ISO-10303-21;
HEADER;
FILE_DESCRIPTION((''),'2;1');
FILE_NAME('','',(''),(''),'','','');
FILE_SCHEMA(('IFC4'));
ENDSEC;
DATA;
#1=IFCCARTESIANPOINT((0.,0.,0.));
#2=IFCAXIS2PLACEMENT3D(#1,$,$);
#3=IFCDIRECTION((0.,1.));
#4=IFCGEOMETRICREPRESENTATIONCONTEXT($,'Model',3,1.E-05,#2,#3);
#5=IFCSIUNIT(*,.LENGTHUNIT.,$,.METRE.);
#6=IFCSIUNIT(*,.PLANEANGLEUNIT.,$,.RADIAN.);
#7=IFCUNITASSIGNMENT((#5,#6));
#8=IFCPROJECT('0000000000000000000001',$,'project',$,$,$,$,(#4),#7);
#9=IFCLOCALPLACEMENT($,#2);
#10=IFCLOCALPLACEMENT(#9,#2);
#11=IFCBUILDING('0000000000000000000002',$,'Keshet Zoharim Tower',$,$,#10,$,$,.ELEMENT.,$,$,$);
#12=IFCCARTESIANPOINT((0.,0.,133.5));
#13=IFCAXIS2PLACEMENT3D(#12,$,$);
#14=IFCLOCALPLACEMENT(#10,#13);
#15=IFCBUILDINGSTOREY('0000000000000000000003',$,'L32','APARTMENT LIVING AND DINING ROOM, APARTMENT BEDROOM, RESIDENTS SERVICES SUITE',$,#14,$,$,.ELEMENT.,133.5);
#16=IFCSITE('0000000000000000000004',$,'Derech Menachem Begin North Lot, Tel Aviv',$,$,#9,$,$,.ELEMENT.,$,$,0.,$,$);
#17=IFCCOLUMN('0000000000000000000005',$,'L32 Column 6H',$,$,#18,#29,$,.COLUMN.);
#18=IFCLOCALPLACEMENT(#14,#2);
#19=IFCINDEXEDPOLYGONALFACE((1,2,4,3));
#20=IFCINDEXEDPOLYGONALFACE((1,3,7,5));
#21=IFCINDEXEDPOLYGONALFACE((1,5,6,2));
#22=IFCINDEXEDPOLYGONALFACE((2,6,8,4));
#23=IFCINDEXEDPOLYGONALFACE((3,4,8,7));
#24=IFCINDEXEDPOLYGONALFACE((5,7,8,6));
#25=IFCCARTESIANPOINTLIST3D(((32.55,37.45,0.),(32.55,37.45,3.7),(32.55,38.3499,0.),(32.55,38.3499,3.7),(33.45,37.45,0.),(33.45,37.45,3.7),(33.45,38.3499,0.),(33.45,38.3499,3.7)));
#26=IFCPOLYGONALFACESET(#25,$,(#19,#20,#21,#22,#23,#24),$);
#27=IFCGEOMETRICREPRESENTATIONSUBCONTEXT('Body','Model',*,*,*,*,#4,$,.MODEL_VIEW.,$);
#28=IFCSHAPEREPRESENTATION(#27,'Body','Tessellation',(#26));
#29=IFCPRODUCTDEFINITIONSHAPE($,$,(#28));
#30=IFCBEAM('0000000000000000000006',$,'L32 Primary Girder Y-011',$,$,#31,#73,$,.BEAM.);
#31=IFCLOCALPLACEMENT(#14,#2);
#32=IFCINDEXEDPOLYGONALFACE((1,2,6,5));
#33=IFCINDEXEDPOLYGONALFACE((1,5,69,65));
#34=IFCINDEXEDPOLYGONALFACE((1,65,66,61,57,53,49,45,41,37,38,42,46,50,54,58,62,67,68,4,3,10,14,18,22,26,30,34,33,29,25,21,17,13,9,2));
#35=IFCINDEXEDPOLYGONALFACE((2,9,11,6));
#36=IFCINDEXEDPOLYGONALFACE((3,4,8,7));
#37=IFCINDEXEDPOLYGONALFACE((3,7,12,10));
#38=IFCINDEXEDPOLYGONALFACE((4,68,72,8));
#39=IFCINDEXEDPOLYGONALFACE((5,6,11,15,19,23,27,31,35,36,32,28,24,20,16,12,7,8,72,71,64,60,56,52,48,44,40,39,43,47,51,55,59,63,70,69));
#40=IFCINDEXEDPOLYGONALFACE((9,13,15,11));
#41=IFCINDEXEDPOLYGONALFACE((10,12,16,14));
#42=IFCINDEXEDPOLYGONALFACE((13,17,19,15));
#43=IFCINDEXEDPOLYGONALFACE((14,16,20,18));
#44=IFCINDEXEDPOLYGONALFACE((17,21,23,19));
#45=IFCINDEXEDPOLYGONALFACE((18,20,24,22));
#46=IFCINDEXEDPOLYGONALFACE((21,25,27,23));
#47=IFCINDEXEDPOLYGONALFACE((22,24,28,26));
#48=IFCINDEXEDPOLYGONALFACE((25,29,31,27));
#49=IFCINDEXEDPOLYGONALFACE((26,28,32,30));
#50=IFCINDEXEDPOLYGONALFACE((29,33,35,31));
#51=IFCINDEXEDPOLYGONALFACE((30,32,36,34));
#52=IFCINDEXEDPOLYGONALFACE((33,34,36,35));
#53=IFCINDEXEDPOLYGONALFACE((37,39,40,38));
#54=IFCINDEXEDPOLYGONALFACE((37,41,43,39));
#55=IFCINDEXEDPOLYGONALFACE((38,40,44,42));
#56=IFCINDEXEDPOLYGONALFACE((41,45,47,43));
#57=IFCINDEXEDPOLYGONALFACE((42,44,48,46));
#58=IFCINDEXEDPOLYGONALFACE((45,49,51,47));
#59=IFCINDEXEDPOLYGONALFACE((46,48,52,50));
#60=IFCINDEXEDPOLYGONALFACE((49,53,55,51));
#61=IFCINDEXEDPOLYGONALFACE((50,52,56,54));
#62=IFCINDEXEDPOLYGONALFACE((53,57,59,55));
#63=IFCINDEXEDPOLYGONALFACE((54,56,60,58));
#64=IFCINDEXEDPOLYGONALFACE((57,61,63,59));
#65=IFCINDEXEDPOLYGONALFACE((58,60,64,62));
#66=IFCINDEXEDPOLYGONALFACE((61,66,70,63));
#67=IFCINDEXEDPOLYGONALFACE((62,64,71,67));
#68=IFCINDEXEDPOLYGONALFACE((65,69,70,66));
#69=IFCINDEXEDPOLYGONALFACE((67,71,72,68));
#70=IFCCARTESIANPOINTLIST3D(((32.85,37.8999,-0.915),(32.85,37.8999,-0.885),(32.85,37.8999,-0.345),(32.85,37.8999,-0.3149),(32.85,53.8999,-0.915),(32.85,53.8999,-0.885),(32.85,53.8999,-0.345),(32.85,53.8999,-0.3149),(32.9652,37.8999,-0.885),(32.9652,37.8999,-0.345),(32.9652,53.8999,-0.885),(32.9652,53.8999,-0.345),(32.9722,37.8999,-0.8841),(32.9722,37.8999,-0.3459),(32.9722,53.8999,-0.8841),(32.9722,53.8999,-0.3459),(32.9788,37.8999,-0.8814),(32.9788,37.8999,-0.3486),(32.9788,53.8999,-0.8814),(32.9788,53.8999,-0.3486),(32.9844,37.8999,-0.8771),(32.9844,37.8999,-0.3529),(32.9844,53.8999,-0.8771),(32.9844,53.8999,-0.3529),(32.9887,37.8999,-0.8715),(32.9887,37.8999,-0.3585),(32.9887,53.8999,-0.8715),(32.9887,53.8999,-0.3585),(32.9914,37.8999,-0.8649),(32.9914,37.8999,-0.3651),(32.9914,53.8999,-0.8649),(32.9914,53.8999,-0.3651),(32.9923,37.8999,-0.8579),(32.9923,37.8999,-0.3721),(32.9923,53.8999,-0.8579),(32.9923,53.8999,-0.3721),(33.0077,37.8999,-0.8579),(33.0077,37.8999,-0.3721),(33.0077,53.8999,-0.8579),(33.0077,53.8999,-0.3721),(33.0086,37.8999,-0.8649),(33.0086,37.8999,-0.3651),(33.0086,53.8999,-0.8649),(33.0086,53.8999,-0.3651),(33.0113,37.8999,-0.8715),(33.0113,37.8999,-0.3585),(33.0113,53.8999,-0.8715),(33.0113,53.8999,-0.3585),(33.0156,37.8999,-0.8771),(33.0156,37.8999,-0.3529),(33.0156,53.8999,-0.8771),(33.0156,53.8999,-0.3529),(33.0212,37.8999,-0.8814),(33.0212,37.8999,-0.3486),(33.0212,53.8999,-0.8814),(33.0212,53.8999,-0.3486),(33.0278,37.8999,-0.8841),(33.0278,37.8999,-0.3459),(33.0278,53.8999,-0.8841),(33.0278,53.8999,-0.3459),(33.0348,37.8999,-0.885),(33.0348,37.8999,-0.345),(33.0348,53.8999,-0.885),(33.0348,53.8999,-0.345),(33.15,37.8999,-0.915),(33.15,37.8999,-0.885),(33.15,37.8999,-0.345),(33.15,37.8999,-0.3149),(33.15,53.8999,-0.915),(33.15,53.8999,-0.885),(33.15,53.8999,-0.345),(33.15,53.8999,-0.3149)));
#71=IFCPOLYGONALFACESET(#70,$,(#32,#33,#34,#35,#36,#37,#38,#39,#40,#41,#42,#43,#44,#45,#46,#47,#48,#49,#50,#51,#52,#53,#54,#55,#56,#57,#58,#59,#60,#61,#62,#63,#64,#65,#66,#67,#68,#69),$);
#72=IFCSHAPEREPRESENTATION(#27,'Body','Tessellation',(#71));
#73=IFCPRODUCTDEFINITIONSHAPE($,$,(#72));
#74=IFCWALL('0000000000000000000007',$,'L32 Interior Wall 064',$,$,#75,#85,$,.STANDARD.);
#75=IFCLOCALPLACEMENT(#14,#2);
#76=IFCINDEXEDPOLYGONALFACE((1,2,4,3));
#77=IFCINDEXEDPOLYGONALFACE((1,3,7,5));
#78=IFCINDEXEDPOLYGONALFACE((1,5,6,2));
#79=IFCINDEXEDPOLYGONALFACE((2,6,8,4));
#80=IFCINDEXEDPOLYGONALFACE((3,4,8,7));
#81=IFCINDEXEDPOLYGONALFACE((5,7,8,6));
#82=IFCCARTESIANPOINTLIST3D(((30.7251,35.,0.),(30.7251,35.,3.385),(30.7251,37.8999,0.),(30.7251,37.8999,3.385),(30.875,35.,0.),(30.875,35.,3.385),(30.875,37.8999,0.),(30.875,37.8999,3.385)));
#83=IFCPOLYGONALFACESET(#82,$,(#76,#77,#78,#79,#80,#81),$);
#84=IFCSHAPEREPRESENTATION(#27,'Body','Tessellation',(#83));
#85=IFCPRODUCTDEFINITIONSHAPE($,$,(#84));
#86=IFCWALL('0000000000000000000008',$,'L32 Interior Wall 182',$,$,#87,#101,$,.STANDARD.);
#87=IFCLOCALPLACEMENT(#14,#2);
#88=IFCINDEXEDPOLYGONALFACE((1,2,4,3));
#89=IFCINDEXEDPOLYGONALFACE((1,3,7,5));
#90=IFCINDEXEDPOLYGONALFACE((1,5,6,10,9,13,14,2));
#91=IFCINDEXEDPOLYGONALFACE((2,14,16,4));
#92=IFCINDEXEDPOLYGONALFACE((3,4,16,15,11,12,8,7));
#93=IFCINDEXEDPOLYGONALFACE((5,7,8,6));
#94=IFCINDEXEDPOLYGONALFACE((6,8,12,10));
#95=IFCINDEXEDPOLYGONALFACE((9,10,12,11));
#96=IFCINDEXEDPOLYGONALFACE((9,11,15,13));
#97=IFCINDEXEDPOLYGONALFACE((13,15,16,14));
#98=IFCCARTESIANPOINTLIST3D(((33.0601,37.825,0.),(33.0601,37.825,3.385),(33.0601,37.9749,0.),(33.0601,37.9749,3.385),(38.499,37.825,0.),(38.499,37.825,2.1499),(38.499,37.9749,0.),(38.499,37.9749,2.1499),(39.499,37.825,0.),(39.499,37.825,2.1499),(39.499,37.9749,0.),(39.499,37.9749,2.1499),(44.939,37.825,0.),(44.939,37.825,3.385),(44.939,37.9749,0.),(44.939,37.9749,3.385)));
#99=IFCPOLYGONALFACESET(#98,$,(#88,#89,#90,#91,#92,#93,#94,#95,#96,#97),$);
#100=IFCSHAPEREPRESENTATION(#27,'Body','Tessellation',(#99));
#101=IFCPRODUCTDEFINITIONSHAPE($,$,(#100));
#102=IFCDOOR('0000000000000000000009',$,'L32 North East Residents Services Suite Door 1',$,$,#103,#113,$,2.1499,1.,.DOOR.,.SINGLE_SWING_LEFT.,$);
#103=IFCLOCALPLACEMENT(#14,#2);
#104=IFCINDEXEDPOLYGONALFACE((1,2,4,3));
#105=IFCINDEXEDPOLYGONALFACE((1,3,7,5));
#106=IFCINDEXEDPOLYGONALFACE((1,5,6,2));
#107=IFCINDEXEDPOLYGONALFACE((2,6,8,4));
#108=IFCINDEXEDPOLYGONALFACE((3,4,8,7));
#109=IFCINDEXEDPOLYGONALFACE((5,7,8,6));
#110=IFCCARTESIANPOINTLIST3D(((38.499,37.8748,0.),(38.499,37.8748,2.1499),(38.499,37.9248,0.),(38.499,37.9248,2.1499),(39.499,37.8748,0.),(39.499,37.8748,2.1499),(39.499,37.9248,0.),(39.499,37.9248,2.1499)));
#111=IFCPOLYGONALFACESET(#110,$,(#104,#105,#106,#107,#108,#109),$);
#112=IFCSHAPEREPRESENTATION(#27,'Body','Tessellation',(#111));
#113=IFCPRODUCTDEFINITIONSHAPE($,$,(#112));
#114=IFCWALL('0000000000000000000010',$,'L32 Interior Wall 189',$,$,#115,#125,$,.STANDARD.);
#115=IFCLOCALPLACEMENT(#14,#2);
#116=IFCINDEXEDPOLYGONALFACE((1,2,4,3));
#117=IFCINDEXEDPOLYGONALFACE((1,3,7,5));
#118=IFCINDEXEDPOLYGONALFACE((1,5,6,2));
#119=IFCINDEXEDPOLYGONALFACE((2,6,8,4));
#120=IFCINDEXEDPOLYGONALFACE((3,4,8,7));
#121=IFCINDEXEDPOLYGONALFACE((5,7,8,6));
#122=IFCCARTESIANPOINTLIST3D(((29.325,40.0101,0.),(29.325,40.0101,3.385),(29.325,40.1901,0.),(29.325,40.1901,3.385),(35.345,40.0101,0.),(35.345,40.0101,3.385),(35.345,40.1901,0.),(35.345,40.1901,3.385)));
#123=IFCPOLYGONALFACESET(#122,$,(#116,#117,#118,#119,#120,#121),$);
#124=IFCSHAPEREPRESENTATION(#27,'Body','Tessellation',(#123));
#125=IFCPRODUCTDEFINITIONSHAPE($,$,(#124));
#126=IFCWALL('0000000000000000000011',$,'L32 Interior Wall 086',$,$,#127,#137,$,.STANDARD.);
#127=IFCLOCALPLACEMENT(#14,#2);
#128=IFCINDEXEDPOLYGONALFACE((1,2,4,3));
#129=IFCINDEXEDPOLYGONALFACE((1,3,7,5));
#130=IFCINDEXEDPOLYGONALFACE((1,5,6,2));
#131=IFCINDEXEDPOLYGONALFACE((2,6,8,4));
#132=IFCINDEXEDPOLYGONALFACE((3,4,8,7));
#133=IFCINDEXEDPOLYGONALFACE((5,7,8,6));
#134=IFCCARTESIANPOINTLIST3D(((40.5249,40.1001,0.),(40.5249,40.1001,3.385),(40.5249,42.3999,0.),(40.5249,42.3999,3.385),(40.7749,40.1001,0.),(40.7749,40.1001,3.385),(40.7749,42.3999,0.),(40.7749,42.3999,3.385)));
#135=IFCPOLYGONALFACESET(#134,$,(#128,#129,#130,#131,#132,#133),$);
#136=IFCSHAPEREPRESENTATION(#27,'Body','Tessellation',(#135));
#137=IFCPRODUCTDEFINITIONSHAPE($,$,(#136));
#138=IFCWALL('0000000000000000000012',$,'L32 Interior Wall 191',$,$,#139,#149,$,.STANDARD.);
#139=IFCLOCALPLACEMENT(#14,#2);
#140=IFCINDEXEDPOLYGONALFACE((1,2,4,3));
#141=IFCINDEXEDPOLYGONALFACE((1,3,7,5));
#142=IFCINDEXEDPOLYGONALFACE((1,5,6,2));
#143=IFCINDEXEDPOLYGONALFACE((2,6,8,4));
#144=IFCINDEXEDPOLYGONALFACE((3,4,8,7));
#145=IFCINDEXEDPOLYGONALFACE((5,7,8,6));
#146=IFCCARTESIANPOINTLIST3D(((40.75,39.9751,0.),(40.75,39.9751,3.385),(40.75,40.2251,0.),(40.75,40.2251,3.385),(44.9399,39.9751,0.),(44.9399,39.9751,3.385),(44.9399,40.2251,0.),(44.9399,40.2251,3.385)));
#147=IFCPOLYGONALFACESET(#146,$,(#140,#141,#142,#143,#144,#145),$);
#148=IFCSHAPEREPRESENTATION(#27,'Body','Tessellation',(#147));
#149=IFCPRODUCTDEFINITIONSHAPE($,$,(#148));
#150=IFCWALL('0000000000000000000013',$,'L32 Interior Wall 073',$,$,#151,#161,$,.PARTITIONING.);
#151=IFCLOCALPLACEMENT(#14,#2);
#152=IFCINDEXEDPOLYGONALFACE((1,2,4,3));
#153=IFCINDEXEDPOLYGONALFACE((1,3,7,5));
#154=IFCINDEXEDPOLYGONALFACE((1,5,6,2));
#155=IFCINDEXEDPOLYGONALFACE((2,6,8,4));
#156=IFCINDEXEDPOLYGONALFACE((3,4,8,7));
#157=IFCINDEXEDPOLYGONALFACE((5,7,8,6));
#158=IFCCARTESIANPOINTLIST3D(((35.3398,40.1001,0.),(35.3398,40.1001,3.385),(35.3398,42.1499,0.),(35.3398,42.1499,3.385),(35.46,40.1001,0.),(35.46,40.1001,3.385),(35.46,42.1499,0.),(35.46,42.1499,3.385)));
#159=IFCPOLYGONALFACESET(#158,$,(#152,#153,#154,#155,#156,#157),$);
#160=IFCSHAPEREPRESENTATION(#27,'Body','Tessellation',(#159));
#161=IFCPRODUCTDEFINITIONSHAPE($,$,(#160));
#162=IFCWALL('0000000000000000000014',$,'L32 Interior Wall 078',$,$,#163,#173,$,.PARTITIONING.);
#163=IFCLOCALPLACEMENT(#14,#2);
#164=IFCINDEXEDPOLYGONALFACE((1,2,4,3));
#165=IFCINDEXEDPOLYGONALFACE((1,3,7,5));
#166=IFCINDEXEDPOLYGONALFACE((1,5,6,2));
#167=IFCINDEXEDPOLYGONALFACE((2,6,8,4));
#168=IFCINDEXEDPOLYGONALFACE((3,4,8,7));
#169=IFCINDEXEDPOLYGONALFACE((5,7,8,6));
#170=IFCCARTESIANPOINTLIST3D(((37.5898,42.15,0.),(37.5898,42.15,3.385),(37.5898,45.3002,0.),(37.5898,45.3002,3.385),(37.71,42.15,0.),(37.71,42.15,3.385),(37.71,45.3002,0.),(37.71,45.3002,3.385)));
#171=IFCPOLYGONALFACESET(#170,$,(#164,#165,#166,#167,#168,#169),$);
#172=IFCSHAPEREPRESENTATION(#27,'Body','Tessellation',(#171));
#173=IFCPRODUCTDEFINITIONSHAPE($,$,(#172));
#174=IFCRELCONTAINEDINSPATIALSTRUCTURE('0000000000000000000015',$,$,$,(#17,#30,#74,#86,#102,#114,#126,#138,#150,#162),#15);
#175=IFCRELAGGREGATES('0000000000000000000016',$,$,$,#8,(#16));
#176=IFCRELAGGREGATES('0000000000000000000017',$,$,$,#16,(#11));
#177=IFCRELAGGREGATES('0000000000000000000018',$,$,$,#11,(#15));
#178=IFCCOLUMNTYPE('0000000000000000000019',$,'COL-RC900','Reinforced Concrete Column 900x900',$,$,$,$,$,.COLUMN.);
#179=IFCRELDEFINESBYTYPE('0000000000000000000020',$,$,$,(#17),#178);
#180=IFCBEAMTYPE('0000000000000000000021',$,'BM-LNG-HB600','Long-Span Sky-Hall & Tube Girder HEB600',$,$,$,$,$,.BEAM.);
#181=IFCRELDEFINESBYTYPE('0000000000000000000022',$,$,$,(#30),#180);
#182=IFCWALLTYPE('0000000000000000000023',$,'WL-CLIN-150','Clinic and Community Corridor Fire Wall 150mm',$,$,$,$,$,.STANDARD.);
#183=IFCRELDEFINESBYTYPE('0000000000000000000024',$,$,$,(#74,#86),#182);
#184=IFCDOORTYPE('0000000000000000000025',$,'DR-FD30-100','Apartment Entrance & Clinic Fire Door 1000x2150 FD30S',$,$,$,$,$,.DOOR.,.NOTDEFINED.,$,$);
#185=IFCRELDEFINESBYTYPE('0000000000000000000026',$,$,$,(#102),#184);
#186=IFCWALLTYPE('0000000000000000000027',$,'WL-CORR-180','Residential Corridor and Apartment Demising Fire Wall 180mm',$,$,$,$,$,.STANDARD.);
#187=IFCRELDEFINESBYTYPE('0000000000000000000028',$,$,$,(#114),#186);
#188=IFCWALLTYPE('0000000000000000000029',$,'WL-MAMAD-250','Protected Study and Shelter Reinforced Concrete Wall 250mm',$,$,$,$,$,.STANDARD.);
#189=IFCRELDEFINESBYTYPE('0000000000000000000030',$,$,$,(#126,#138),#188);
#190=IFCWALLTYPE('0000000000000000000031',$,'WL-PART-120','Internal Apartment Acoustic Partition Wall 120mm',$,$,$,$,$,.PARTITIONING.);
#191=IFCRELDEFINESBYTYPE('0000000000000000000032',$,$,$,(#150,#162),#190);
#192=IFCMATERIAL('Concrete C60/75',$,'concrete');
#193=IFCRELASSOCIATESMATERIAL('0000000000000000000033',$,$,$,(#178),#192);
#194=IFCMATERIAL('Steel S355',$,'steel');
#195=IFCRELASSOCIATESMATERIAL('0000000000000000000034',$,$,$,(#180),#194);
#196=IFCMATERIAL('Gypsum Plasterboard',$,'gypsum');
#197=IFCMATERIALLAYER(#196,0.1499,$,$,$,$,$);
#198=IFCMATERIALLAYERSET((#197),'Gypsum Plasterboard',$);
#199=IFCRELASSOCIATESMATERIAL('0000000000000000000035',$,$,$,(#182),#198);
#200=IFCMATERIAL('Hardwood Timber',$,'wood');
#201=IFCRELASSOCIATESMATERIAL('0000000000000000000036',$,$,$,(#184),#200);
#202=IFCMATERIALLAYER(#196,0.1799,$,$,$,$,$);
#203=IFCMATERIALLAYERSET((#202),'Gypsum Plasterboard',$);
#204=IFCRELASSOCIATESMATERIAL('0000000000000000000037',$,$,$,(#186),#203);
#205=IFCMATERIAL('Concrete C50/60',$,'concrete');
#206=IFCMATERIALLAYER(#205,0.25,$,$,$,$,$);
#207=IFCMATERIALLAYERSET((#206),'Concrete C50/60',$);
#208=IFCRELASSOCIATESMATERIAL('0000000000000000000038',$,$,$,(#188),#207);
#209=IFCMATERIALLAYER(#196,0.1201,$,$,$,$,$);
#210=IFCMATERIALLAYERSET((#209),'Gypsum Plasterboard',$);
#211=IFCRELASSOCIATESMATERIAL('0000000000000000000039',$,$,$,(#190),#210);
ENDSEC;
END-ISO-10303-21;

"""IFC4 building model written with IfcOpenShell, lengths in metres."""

from ifc_helpers import new_model, si_unit, direction, frame, frame_2d, origin, origin_2d, place, context, subcontext, project, spatial, rectangle, i_section, extrude, material, layer, layer_set, material_profile, profile_set, type_object, element, fill, save


model = new_model("IFC4")

# Units and contexts
model_context = context("Model", 3, precision=1e-05, world=origin(), true_north=direction((0.0, 1.0)))
body_context = subcontext(model_context, "Body", "Model", "MODEL_VIEW")
ifc_project = project(units=[si_unit("LENGTHUNIT", "METRE"), si_unit("PLANEANGLEUNIT", "RADIAN")], contexts=[model_context])

# Site, building, storey
site_placement = place(None, origin())
site = spatial("IfcSite", under=ifc_project, at=site_placement, Name="Derech Menachem Begin North Lot, Tel Aviv", CompositionType="ELEMENT", RefElevation=0.0)
building_placement = place(site_placement, origin())
building = spatial("IfcBuilding", under=site, at=building_placement, Name="Keshet Zoharim Tower", CompositionType="ELEMENT")
storey_placement = place(building_placement, frame((0.0, 0.0, 133.5)))
storey = spatial("IfcBuildingStorey", under=building, at=storey_placement, Name="L32", Description="APARTMENT LIVING AND DINING ROOM, APARTMENT BEDROOM, RESIDENTS SERVICES SUITE", CompositionType="ELEMENT", Elevation=133.5)

# Column
ifc_material_1 = material(Name="Concrete C60/75", Category="concrete")
ifc_material_profile_1 = material_profile(ifc_material_1, rectangle(XDim=0.8999, YDim=0.8999, at=origin_2d()), Name="RC900x900")
ifc_profile_set_1 = profile_set([ifc_material_profile_1], Name="Concrete C60/75")
column_type = type_object("IfcColumnType", Name="COL-RC900", Description="Reinforced Concrete Column 900x900", PredefinedType="COLUMN", material=ifc_profile_set_1)
column_placement = place(storey_placement, frame((33.0, 37.8999, 0.0), z_axis=(0.0, 0.0, 1.0), x_axis=(1.0, 0.0, 0.0)))
element("IfcColumn", 1, at=column_placement, inside=storey, type_object=column_type, Name="L32 Column 6H", PredefinedType="COLUMN", context=body_context, shape_type="SweptSolid", body=[
    extrude(rectangle(XDim=0.8999, YDim=0.8999, at=origin_2d()), origin(), (0.0, 0.0, 1.0), 3.7),
])

# Beam
ifc_material_2 = material(Name="Steel S355", Category="steel")
ifc_material_profile_2 = material_profile(ifc_material_2, i_section(OverallWidth=0.3, OverallDepth=0.6001, WebThickness=0.0154, FlangeThickness=0.03, FilletRadius=0.0271, at=origin_2d()), Name="HEB600")
ifc_profile_set_2 = profile_set([ifc_material_profile_2], Name="Steel S355")
beam_type = type_object("IfcBeamType", Name="BM-LNG-HB600", Description="Long-Span Sky-Hall & Tube Girder HEB600", PredefinedType="BEAM", material=ifc_profile_set_2)
beam_placement = place(storey_placement, frame((33.0, 37.8999, -0.615), z_axis=(0.0, 1.0, 0.0), x_axis=(-1.0, 0.0, 0.0)))
element("IfcBeam", 2, at=beam_placement, inside=storey, type_object=beam_type, Name="L32 Primary Girder Y-011", PredefinedType="BEAM", context=body_context, shape_type="SweptSolid", body=[
    extrude(i_section(OverallWidth=0.3, OverallDepth=0.6001, WebThickness=0.0154, FlangeThickness=0.03, FilletRadius=0.0271, at=origin_2d()), origin(), (0.0, 0.0, 1.0), 16.0),
])

# Wall
ifc_material_3 = material(Name="Gypsum Plasterboard", Category="gypsum")
ifc_layer_1 = layer(ifc_material_3, 0.1499)
ifc_layer_set_1 = layer_set([ifc_layer_1], Name="Gypsum Plasterboard")
wall_type_1 = type_object("IfcWallType", Name="WL-CLIN-150", Description="Clinic and Community Corridor Fire Wall 150mm", PredefinedType="STANDARD", material=ifc_layer_set_1)
wall_1_placement = place(storey_placement, frame((30.8, 35.0, 0.0), z_axis=(0.0, 0.0, 1.0), x_axis=(0.0, 1.0, 0.0)))
element("IfcWall", 3, at=wall_1_placement, inside=storey, type_object=wall_type_1, Name="L32 Interior Wall 064", PredefinedType="STANDARD", context=body_context, shape_type="SweptSolid", body=[
    extrude(rectangle(XDim=2.8999, YDim=0.1499, at=frame_2d((1.45, 0.0))), origin(), (0.0, 0.0, 1.0), 3.385),
])

# Wall, opening, door
wall_2_placement = place(storey_placement, frame((33.0601, 37.8999, 0.0), z_axis=(0.0, 0.0, 1.0), x_axis=(1.0, 0.0, 0.0)))
wall_2 = element("IfcWall", 4, at=wall_2_placement, inside=storey, type_object=wall_type_1, Name="L32 Interior Wall 182", PredefinedType="STANDARD", context=body_context, shape_type="SweptSolid", body=[
    extrude(rectangle(XDim=11.8789, YDim=0.1499, at=frame_2d((5.9395, 0.0))), origin(), (0.0, 0.0, 1.0), 3.385),
])
opening_1_placement = place(wall_2_placement, frame((5.439, 0.0, 0.0)))
opening_1 = element("IfcOpeningElement", 5, at=opening_1_placement, cuts=wall_2, PredefinedType="OPENING", context=body_context, shape_type="SweptSolid", body=[
    extrude(rectangle(XDim=1.0, YDim=2.1499, at=frame_2d((0.5, 1.075))), frame((0.0, 0.085, 0.0), z_axis=(0.0, -1.0, 0.0), x_axis=(1.0, 0.0, 0.0)), (0.0, 0.0, 1.0), 0.1699),
])
ifc_material_4 = material(Name="Hardwood Timber", Category="wood")
door_type_1 = type_object("IfcDoorType", Name="DR-FD30-100", Description="Apartment Entrance & Clinic Fire Door 1000x2150 FD30S", OperationType="NOTDEFINED", PredefinedType="DOOR", material=ifc_material_4)
door_1_placement = place(opening_1_placement, origin())
door_1 = element("IfcDoor", 6, at=door_1_placement, inside=storey, type_object=door_type_1, Name="L32 North East Residents Services Suite Door 1", OperationType="SINGLE_SWING_LEFT", OverallHeight=2.1499, OverallWidth=1.0, PredefinedType="DOOR", context=body_context, shape_type="SweptSolid", body=[
    extrude(rectangle(XDim=1.0, YDim=2.1499, at=frame_2d((0.5, 1.075))), frame((0.0, 0.0249, 0.0), z_axis=(0.0, -1.0, 0.0), x_axis=(1.0, 0.0, 0.0)), (0.0, 0.0, 1.0), 0.05),
])
fill(opening_1, door_1)

# Wall
ifc_layer_2 = layer(ifc_material_3, 0.1799)
ifc_layer_set_2 = layer_set([ifc_layer_2], Name="Gypsum Plasterboard")
wall_type_2 = type_object("IfcWallType", Name="WL-CORR-180", Description="Residential Corridor and Apartment Demising Fire Wall 180mm", PredefinedType="STANDARD", material=ifc_layer_set_2)
wall_3_placement = place(storey_placement, frame((29.325, 40.1001, 0.0), z_axis=(0.0, 0.0, 1.0), x_axis=(1.0, 0.0, 0.0)))
element("IfcWall", 7, at=wall_3_placement, inside=storey, type_object=wall_type_2, Name="L32 Interior Wall 189", PredefinedType="STANDARD", context=body_context, shape_type="SweptSolid", body=[
    extrude(rectangle(XDim=6.02, YDim=0.1799, at=frame_2d((3.01, 0.0))), origin(), (0.0, 0.0, 1.0), 3.385),
])

# Walls
ifc_material_5 = material(Name="Concrete C50/60", Category="concrete")
ifc_layer_3 = layer(ifc_material_5, 0.25)
ifc_layer_set_3 = layer_set([ifc_layer_3], Name="Concrete C50/60")
wall_type_3 = type_object("IfcWallType", Name="WL-MAMAD-250", Description="Protected Study and Shelter Reinforced Concrete Wall 250mm", PredefinedType="STANDARD", material=ifc_layer_set_3)
wall_4_placement = place(storey_placement, frame((40.6499, 40.1001, 0.0), z_axis=(0.0, 0.0, 1.0), x_axis=(0.0, 1.0, 0.0)))
element("IfcWall", 8, at=wall_4_placement, inside=storey, type_object=wall_type_3, Name="L32 Interior Wall 086", PredefinedType="STANDARD", context=body_context, shape_type="SweptSolid", body=[
    extrude(rectangle(XDim=2.2998, YDim=0.25, at=frame_2d((1.1499, 0.0))), origin(), (0.0, 0.0, 1.0), 3.385),
])
wall_5_placement = place(storey_placement, frame((40.75, 40.1001, 0.0), z_axis=(0.0, 0.0, 1.0), x_axis=(1.0, 0.0, 0.0)))
element("IfcWall", 9, at=wall_5_placement, inside=storey, type_object=wall_type_3, Name="L32 Interior Wall 191", PredefinedType="STANDARD", context=body_context, shape_type="SweptSolid", body=[
    extrude(rectangle(XDim=4.1899, YDim=0.25, at=frame_2d((2.095, 0.0))), origin(), (0.0, 0.0, 1.0), 3.385),
])

# Shared definitions
ifc_layer_4 = layer(ifc_material_3, 0.1201)
ifc_layer_set_4 = layer_set([ifc_layer_4], Name="Gypsum Plasterboard")
wall_type_4 = type_object("IfcWallType", Name="WL-PART-120", Description="Internal Apartment Acoustic Partition Wall 120mm", PredefinedType="PARTITIONING", material=ifc_layer_set_4)

# Walls
wall_6_placement = place(storey_placement, frame((35.3999, 40.1001, 0.0), z_axis=(0.0, 0.0, 1.0), x_axis=(0.0, 1.0, 0.0)))
element("IfcWall", 10, at=wall_6_placement, inside=storey, type_object=wall_type_4, Name="L32 Interior Wall 073", PredefinedType="PARTITIONING", context=body_context, shape_type="SweptSolid", body=[
    extrude(rectangle(XDim=2.0498, YDim=0.1201, at=frame_2d((1.0249, 0.0))), origin(), (0.0, 0.0, 1.0), 3.385),
])
wall_7_placement = place(storey_placement, frame((37.6499, 42.1499, 0.0), z_axis=(0.0, 0.0, 1.0), x_axis=(0.0, 1.0, 0.0)))
element("IfcWall", 11, at=wall_7_placement, inside=storey, type_object=wall_type_4, Name="L32 Interior Wall 078", PredefinedType="PARTITIONING", context=body_context, shape_type="SweptSolid", body=[
    extrude(rectangle(XDim=3.1501, YDim=0.1201, at=frame_2d((1.5752, 0.0))), origin(), (0.0, 0.0, 1.0), 3.385),
])

save(model, "model.ifc")
